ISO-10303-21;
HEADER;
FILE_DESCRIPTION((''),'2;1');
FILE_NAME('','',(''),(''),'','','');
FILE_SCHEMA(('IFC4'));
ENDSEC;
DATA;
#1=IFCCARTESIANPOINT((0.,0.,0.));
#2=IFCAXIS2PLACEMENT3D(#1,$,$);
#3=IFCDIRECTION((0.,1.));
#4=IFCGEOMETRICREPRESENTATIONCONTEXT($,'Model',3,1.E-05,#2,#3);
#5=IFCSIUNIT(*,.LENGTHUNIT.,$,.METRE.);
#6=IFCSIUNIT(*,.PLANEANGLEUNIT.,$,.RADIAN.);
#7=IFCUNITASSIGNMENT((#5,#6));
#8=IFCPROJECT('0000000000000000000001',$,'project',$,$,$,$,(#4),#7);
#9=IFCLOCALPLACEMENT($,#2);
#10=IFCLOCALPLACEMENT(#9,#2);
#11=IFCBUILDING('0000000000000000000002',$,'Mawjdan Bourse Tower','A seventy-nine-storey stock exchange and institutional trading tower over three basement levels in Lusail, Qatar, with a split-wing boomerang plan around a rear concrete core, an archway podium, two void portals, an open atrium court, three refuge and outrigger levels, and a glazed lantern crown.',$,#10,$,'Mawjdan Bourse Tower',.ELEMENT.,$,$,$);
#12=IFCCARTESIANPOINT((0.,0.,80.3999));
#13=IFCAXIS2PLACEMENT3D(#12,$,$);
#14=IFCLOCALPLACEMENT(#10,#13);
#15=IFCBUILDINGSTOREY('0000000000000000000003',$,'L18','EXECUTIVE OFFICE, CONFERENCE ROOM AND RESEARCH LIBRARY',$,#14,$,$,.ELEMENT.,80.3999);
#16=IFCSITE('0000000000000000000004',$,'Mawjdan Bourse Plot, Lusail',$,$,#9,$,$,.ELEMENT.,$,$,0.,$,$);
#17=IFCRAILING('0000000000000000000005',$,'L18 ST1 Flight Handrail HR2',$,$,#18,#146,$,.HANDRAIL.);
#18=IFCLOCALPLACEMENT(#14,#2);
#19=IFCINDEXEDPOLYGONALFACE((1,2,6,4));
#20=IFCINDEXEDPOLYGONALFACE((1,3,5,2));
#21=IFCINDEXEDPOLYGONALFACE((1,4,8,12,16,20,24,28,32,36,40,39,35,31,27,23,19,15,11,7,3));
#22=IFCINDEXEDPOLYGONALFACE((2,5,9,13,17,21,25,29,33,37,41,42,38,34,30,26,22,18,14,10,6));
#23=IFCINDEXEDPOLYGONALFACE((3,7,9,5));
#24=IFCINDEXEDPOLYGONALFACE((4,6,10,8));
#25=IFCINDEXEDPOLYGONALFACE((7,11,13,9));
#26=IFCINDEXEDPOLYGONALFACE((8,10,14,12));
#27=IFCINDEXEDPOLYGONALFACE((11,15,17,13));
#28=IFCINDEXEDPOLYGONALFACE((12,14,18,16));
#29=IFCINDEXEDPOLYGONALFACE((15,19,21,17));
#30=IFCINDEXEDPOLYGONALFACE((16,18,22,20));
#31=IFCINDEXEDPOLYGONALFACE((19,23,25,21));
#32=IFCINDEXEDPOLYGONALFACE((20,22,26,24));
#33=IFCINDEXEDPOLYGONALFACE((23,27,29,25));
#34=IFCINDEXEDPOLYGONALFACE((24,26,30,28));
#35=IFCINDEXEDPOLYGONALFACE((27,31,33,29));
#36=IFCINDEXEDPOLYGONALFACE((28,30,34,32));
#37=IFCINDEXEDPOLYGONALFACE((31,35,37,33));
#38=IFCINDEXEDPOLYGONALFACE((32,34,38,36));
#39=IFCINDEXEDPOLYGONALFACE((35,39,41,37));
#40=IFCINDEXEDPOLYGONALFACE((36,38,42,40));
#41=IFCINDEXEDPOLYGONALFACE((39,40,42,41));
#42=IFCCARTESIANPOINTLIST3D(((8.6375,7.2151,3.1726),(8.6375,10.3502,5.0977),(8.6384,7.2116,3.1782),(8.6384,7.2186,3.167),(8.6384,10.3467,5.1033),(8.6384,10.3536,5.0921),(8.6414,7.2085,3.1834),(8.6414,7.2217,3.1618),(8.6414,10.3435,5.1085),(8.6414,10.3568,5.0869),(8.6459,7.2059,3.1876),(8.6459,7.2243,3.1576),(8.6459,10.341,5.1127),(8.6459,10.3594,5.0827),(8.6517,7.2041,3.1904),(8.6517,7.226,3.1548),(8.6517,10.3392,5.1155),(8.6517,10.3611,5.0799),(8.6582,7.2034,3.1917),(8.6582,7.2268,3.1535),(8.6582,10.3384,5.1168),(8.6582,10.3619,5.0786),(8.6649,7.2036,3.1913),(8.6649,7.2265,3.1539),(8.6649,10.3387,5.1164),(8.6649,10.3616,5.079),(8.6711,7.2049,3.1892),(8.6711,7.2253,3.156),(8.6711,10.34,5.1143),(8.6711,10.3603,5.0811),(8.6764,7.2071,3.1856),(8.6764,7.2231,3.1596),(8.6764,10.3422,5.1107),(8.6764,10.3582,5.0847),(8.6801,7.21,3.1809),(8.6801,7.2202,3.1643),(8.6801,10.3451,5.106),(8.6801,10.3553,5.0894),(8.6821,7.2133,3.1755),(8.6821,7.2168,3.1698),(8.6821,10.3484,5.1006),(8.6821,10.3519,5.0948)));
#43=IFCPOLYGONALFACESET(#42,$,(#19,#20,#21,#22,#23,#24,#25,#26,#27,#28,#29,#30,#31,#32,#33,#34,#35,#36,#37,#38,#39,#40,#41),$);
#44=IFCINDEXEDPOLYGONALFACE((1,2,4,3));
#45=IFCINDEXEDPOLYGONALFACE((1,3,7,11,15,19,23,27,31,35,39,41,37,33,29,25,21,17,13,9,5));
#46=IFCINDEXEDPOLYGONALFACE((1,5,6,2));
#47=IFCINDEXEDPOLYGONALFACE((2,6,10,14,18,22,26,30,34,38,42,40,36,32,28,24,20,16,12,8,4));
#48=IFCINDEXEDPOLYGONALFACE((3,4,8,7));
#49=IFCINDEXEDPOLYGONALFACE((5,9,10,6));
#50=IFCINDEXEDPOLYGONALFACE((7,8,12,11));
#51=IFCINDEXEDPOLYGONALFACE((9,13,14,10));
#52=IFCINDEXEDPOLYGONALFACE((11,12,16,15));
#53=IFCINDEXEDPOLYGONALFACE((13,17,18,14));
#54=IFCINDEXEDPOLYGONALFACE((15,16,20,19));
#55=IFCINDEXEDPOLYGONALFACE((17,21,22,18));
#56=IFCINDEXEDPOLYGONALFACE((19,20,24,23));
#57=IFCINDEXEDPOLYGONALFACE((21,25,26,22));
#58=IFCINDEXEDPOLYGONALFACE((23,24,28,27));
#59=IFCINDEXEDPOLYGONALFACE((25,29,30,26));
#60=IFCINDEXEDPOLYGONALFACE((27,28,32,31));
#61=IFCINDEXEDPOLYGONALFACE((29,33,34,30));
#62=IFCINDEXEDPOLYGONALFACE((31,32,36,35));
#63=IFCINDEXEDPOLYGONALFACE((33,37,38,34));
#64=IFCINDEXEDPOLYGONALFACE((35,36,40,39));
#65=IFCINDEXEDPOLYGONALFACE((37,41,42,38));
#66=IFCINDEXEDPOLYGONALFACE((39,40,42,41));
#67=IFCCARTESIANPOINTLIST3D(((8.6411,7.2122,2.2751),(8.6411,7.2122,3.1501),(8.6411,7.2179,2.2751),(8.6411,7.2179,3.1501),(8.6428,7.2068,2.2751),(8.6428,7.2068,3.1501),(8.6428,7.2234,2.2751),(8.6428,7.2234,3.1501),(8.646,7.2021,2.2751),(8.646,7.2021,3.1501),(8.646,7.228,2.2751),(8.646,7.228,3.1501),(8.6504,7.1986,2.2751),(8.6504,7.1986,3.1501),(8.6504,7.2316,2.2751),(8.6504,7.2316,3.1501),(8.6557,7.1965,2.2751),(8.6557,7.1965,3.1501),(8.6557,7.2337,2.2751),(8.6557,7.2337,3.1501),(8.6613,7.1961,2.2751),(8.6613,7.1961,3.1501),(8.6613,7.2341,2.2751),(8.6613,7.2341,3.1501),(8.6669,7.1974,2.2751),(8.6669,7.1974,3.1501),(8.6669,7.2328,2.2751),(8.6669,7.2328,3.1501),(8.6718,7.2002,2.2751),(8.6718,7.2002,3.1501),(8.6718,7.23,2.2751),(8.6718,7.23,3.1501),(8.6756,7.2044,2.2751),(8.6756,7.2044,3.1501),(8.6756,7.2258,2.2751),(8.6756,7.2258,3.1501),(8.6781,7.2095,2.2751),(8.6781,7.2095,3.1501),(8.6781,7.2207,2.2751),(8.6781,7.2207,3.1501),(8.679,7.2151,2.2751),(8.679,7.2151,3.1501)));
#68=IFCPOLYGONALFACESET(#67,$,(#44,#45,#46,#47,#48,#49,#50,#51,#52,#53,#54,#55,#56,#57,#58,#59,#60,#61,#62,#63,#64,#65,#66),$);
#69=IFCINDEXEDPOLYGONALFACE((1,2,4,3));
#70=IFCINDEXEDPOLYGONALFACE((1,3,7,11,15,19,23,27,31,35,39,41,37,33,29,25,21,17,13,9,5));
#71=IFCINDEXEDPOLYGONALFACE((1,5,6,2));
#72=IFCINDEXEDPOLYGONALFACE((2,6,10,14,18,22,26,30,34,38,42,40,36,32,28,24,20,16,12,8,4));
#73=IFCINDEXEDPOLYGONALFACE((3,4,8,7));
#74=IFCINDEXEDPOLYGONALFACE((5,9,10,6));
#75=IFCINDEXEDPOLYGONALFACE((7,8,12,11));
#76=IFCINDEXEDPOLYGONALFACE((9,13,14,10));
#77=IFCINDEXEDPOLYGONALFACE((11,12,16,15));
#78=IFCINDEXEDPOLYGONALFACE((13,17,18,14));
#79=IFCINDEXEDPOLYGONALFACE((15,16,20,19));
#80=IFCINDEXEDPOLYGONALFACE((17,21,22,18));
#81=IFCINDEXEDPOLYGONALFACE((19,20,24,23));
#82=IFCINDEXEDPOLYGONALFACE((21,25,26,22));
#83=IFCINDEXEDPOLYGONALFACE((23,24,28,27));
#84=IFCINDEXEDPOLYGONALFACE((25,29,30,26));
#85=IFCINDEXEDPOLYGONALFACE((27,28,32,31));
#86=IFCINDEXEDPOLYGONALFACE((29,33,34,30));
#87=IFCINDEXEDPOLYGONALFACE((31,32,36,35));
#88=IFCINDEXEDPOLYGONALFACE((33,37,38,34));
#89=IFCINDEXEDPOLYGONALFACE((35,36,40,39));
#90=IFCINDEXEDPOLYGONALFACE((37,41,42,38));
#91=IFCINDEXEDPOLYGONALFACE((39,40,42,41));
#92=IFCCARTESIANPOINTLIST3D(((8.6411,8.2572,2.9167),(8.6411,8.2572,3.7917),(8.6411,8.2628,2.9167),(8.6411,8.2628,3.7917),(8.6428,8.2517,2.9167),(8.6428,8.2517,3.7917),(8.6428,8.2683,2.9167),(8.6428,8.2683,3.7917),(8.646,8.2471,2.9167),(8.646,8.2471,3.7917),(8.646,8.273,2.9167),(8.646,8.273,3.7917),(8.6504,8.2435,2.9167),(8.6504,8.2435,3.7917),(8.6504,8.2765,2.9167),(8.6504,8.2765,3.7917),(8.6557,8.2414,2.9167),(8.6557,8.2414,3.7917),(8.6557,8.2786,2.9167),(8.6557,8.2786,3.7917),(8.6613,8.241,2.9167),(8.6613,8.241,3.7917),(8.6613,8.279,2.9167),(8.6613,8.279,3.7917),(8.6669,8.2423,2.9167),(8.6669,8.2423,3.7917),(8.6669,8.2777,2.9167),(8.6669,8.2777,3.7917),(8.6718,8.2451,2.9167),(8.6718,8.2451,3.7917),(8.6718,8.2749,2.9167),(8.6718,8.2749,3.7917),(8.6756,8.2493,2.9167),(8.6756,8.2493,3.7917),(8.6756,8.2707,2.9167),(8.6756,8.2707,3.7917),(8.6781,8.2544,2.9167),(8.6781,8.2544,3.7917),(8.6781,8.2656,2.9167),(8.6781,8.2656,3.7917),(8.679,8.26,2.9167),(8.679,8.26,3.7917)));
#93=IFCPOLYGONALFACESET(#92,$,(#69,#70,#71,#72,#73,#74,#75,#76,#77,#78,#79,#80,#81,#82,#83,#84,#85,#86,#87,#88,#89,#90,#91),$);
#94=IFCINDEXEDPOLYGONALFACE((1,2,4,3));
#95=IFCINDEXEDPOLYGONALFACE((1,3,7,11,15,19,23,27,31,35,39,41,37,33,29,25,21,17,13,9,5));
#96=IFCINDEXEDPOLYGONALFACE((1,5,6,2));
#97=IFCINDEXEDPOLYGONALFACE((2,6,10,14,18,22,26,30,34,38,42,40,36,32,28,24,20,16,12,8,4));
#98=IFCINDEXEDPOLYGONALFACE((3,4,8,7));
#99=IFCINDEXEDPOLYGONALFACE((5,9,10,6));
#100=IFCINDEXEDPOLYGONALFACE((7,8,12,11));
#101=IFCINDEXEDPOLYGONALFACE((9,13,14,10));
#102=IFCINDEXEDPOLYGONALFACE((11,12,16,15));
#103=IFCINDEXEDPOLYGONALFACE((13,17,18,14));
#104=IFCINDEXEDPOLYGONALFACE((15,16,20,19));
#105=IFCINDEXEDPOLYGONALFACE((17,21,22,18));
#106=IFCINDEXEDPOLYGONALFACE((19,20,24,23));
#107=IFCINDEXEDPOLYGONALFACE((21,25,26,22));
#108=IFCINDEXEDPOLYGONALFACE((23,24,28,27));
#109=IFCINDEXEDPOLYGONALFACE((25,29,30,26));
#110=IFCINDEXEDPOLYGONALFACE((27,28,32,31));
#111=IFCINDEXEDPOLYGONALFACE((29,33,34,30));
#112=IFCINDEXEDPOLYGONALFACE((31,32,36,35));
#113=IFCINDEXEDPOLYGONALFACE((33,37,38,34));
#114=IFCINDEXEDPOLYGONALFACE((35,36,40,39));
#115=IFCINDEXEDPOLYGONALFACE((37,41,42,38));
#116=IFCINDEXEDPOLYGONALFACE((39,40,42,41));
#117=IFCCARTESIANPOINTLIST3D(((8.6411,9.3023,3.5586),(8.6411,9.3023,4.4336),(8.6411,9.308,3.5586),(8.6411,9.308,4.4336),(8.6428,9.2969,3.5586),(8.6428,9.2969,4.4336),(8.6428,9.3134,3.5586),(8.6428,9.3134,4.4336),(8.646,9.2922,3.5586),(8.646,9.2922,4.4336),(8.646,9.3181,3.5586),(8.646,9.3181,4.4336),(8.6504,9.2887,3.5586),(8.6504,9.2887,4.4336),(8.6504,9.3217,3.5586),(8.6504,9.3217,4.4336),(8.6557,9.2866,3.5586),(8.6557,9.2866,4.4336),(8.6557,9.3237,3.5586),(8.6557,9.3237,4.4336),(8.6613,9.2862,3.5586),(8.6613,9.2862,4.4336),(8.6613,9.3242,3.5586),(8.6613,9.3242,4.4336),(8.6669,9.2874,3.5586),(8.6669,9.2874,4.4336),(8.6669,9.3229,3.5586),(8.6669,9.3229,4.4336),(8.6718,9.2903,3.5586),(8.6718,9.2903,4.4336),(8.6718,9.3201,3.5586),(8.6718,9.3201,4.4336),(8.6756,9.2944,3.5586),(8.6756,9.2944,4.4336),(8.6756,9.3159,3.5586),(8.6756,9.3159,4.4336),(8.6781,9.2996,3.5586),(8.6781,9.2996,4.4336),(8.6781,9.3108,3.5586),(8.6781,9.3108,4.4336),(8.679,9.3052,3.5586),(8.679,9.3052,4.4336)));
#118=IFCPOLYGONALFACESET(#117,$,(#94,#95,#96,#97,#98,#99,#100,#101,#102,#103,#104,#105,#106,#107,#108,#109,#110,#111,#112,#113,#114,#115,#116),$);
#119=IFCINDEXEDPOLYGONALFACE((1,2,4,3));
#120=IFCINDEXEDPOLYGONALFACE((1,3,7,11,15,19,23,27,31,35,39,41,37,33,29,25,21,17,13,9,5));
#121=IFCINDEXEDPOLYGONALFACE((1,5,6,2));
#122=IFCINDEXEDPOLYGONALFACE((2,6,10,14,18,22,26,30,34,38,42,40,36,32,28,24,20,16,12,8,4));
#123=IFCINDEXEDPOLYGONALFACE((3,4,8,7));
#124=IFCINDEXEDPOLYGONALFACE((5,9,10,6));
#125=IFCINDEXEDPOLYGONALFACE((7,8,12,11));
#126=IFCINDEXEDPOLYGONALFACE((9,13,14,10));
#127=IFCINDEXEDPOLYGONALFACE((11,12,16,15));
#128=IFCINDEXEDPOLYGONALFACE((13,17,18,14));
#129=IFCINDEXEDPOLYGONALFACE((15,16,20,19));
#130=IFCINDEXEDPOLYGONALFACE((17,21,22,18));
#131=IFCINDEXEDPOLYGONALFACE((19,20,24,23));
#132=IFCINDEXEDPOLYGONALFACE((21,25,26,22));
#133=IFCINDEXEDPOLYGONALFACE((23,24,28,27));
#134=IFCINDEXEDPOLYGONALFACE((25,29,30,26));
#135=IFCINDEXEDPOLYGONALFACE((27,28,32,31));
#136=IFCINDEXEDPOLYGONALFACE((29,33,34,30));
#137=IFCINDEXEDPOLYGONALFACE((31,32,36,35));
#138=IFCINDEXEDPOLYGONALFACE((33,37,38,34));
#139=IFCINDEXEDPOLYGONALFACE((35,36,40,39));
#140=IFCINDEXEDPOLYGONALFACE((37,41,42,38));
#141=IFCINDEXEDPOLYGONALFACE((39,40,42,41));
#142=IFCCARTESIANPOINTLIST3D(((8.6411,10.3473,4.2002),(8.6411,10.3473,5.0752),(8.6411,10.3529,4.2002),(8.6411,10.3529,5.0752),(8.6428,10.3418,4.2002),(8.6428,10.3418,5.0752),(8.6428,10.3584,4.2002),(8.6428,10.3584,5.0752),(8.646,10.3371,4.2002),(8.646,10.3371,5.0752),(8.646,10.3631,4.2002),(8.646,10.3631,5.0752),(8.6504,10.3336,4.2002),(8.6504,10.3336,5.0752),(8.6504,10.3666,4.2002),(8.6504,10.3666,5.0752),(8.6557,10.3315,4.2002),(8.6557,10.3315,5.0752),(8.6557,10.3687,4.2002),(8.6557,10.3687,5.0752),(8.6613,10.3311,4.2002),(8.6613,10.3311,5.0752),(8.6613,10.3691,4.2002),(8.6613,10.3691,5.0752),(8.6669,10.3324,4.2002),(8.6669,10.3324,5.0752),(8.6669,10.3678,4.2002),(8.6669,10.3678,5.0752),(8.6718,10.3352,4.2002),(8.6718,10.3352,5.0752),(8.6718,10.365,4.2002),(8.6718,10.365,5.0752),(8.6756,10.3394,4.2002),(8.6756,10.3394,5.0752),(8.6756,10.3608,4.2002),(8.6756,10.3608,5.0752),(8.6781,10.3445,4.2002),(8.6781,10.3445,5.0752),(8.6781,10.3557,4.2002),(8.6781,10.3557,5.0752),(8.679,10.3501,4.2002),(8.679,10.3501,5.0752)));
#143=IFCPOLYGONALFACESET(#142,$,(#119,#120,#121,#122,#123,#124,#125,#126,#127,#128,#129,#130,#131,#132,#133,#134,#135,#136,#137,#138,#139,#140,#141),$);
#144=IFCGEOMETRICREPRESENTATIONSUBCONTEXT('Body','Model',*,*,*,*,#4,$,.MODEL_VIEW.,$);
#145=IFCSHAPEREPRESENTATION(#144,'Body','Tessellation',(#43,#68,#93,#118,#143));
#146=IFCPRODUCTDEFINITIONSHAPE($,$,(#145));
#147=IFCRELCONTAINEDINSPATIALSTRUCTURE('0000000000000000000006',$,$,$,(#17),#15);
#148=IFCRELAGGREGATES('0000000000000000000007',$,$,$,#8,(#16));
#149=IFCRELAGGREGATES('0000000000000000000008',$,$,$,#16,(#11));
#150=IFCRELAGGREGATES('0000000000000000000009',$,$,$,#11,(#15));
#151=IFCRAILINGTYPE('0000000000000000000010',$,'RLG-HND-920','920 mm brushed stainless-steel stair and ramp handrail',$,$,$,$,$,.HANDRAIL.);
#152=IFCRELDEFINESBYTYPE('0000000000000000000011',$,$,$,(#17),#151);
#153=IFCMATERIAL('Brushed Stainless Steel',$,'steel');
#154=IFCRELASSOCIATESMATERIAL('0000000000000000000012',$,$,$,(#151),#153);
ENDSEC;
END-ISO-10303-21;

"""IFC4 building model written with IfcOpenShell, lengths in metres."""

from ifc_helpers import new_model, si_unit, direction, frame, origin, origin_2d, place, context, subcontext, project, spatial, circle, extrude, material, type_object, element, save


model = new_model("IFC4")

# Units and contexts
model_context = context("Model", 3, precision=1e-05, world=origin(), true_north=direction((0.0, 1.0)))
body_context = subcontext(model_context, "Body", "Model", "MODEL_VIEW")
ifc_project = project(units=[si_unit("LENGTHUNIT", "METRE"), si_unit("PLANEANGLEUNIT", "RADIAN")], contexts=[model_context])

# Site, building, storey
site_placement = place(None, origin())
site = spatial("IfcSite", under=ifc_project, at=site_placement, Name="Mawjdan Bourse Plot, Lusail", CompositionType="ELEMENT", RefElevation=0.0)
building_placement = place(site_placement, origin())
building = spatial("IfcBuilding", under=site, at=building_placement, Name="Mawjdan Bourse Tower", Description="A seventy-nine-storey stock exchange and institutional trading tower over three basement levels in Lusail, Qatar, with a split-wing boomerang plan around a rear concrete core, an archway podium, two void portals, an open atrium court, three refuge and outrigger levels, and a glazed lantern crown.", LongName="Mawjdan Bourse Tower", CompositionType="ELEMENT")
storey_placement = place(building_placement, frame((0.0, 0.0, 80.3999)))
storey = spatial("IfcBuildingStorey", under=building, at=storey_placement, Name="L18", Description="EXECUTIVE OFFICE, CONFERENCE ROOM AND RESEARCH LIBRARY", CompositionType="ELEMENT", Elevation=80.3999)

# Shared definitions
ifc_material_1 = material(Name="Brushed Stainless Steel", Category="steel")

# Railing
railing_type = type_object("IfcRailingType", Name="RLG-HND-920", Description="920 mm brushed stainless-steel stair and ramp handrail", PredefinedType="HANDRAIL", material=ifc_material_1)
railing_placement = place(storey_placement, frame((8.6599, 7.2151, 2.2751)))
element("IfcRailing", 1, at=railing_placement, inside=storey, type_object=railing_type, Name="L18 ST1 Flight Handrail HR2", PredefinedType="HANDRAIL", context=body_context, shape_type="SweptSolid", body=[
    extrude(circle(Radius=0.0225, at=origin_2d()), frame((0.0, 0.0, 0.8975), z_axis=(0.0, 0.852166, 0.523271), x_axis=(-1.0, 0.0, 0.0)), (0.0, 0.0, 1.0), 3.679),
    extrude(circle(Radius=0.019, at=origin_2d()), origin(), (0.0, 0.0, 1.0), 0.875),
    extrude(circle(Radius=0.019, at=origin_2d()), frame((0.0, 1.0449, 0.6416)), (0.0, 0.0, 1.0), 0.875),
    extrude(circle(Radius=0.019, at=origin_2d()), frame((0.0, 2.0901, 1.2834)), (0.0, 0.0, 1.0), 0.875),
    extrude(circle(Radius=0.019, at=origin_2d()), frame((0.0, 3.135, 1.925)), (0.0, 0.0, 1.0), 0.875),
])

save(model, "model.ifc")
